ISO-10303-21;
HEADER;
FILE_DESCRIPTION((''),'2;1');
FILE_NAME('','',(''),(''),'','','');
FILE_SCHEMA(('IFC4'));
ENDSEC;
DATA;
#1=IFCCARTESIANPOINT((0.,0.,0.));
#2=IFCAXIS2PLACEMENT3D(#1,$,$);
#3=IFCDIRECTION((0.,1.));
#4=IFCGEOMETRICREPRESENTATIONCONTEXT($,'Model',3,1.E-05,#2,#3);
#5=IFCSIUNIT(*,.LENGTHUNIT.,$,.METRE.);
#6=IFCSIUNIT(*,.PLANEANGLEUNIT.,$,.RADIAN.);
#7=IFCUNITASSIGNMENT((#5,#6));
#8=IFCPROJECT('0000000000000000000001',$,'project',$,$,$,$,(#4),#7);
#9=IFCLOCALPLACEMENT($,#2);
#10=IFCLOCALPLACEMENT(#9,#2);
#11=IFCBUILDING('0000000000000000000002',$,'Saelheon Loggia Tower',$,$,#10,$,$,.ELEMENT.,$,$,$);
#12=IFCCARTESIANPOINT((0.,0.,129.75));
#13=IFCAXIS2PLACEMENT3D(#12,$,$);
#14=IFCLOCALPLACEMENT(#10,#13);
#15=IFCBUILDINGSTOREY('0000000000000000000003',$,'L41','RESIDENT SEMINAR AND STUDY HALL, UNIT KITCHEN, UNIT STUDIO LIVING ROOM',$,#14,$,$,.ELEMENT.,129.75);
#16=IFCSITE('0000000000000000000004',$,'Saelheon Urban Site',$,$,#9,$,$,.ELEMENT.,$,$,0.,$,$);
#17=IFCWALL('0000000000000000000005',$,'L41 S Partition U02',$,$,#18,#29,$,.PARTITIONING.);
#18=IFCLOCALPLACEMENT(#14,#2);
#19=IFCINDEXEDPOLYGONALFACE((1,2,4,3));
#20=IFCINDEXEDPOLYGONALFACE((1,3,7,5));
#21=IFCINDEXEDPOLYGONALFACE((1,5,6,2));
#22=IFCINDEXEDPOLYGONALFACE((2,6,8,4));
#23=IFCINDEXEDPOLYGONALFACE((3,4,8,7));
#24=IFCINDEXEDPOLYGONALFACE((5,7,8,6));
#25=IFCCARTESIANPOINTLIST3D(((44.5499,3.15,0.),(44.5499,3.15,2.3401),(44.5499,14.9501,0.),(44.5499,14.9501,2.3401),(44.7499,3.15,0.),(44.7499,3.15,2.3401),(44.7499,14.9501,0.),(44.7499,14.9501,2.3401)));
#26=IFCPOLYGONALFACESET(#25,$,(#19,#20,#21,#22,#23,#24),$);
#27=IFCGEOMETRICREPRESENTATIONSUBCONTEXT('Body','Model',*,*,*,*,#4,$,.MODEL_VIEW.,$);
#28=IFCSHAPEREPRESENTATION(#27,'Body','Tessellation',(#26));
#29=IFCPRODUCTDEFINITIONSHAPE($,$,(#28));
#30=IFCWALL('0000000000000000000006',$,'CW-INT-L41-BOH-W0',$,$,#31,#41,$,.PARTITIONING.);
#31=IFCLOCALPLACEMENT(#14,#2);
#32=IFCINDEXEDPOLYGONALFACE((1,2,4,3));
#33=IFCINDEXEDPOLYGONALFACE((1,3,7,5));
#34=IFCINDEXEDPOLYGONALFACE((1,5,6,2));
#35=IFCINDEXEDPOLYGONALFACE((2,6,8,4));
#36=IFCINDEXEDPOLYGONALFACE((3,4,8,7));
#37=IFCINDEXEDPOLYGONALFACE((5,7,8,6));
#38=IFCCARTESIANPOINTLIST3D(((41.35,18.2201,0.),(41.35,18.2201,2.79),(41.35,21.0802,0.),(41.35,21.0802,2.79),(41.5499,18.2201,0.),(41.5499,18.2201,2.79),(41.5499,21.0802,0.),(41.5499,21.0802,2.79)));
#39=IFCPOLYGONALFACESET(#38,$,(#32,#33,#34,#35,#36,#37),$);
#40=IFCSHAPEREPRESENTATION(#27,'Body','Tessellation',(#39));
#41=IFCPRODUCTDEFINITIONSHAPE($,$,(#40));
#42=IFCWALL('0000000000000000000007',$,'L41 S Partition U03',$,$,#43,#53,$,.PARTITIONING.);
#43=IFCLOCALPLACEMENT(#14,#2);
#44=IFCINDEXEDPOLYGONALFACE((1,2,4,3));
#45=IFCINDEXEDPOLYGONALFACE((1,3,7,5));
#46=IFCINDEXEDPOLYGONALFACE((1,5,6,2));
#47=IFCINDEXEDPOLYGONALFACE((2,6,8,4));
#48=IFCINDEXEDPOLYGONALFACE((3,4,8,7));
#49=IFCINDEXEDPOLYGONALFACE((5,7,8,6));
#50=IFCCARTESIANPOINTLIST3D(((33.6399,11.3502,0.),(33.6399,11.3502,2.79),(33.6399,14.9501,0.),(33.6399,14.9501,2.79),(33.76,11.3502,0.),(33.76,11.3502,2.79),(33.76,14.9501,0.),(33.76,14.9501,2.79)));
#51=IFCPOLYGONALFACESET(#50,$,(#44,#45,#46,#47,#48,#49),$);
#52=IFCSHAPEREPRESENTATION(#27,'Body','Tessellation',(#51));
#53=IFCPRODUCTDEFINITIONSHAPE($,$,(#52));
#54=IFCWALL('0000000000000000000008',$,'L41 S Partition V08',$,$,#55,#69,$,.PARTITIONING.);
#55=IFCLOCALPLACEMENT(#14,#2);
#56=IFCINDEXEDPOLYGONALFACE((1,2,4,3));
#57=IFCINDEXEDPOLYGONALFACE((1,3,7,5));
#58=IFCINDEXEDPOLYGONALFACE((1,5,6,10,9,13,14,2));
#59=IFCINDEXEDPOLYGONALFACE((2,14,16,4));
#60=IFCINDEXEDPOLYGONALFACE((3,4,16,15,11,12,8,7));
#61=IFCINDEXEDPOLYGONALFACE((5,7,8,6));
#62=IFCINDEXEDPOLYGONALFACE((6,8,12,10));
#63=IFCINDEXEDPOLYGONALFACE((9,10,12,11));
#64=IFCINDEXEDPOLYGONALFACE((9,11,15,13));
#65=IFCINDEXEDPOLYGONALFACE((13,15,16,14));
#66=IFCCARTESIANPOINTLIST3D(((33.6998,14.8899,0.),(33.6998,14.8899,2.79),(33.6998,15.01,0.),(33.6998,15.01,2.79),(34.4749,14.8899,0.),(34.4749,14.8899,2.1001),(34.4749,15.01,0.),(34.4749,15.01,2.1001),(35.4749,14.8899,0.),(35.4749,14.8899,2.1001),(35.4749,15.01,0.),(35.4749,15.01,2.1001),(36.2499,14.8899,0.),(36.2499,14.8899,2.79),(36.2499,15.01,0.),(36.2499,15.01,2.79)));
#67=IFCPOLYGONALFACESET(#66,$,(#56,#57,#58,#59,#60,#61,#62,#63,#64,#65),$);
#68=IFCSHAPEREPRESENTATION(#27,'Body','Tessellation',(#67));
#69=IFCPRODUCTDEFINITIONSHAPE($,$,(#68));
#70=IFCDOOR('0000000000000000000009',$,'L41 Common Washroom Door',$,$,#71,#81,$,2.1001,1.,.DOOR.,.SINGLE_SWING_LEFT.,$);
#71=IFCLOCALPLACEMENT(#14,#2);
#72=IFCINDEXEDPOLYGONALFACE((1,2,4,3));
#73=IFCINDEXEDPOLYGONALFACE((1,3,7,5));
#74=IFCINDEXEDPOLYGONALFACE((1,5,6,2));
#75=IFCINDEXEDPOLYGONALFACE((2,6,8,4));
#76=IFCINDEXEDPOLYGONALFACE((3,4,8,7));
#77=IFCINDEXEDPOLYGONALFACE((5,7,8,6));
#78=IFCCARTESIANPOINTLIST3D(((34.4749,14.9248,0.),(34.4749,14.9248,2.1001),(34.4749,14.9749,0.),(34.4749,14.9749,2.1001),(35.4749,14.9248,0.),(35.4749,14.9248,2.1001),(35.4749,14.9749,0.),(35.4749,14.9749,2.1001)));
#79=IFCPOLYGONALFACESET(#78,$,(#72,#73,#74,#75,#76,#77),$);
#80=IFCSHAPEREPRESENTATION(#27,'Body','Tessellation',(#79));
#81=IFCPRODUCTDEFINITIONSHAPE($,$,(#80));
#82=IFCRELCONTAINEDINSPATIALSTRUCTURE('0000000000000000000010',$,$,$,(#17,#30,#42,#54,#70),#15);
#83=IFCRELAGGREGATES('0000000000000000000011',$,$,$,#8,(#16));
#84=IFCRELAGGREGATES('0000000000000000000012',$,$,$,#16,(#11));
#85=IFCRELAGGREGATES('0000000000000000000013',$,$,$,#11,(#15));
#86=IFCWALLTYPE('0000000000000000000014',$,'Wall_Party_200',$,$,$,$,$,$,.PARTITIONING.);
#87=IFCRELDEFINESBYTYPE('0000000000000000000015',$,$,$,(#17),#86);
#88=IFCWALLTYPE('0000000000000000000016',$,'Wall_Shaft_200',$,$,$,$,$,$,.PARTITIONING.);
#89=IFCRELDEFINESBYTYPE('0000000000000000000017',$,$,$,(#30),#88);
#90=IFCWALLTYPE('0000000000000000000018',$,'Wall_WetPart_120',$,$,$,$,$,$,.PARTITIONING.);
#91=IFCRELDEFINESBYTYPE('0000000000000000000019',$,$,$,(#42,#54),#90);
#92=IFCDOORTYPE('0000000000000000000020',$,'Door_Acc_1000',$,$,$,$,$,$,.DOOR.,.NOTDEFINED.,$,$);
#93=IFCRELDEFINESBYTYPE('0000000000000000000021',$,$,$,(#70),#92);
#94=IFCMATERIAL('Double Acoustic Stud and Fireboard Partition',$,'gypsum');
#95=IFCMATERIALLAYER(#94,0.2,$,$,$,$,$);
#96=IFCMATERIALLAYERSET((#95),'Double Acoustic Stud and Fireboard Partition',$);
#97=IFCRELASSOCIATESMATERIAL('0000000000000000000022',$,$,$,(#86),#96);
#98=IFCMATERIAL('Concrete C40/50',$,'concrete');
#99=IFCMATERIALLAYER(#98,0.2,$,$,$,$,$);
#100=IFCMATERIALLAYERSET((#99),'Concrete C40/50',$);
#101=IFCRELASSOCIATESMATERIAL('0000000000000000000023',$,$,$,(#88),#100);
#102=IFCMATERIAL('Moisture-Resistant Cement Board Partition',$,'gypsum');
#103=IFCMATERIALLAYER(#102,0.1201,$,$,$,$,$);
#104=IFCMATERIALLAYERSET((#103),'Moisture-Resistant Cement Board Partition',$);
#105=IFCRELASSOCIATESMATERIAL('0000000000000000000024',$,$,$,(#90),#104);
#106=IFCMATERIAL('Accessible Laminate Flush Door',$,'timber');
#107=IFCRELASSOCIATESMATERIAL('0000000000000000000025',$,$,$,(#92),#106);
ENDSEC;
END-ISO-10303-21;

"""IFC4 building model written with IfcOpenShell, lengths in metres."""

from ifc_helpers import new_model, si_unit, direction, frame, frame_2d, origin, place, context, subcontext, project, spatial, rectangle, extrude, source, transform, mapped, material, layer, layer_set, type_object, element, fill, save


model = new_model("IFC4")

# Units and contexts
model_context = context("Model", 3, precision=1e-05, world=origin(), true_north=direction((0.0, 1.0)))
body_context = subcontext(model_context, "Body", "Model", "MODEL_VIEW")
ifc_project = project(units=[si_unit("LENGTHUNIT", "METRE"), si_unit("PLANEANGLEUNIT", "RADIAN")], contexts=[model_context])

# Site, building, storey
site_placement = place(None, origin())
site = spatial("IfcSite", under=ifc_project, at=site_placement, Name="Saelheon Urban Site", CompositionType="ELEMENT", RefElevation=0.0)
building_placement = place(site_placement, origin())
building = spatial("IfcBuilding", under=site, at=building_placement, Name="Saelheon Loggia Tower", CompositionType="ELEMENT")
storey_placement = place(building_placement, frame((0.0, 0.0, 129.75)))
storey = spatial("IfcBuildingStorey", under=building, at=storey_placement, Name="L41", Description="RESIDENT SEMINAR AND STUDY HALL, UNIT KITCHEN, UNIT STUDIO LIVING ROOM", CompositionType="ELEMENT", Elevation=129.75)

# Shared definitions
ifc_material_1 = material(Name="Concrete C40/50", Category="concrete")

# Walls
ifc_material_2 = material(Name="Double Acoustic Stud and Fireboard Partition", Category="gypsum")
ifc_layer_1 = layer(ifc_material_2, 0.2)
ifc_layer_set_1 = layer_set([ifc_layer_1], Name="Double Acoustic Stud and Fireboard Partition")
wall_type_1 = type_object("IfcWallType", Name="Wall_Party_200", PredefinedType="PARTITIONING", material=ifc_layer_set_1)
wall_1_placement = place(storey_placement, frame((44.6499, 14.95, 0.0), z_axis=(0.0, 0.0, 1.0), x_axis=(0.0, -1.0, 0.0)))
element("IfcWall", 1, at=wall_1_placement, inside=storey, type_object=wall_type_1, Name="L41 S Partition U02", PredefinedType="PARTITIONING", context=body_context, shape_type="SweptSolid", body=[
    extrude(rectangle(XDim=11.8, YDim=0.2, at=frame_2d((5.8999, 0.0))), origin(), (0.0, 0.0, 1.0), 2.3401),
])
ifc_layer_2 = layer(ifc_material_1, 0.2)
ifc_layer_set_2 = layer_set([ifc_layer_2], Name="Concrete C40/50")
wall_type_2 = type_object("IfcWallType", Name="Wall_Shaft_200", PredefinedType="PARTITIONING", material=ifc_layer_set_2)
wall_2_placement = place(storey_placement, frame((41.45, 18.22, 0.0), z_axis=(0.0, 0.0, 1.0), x_axis=(0.0, 1.0, 0.0)))
element("IfcWall", 2, at=wall_2_placement, inside=storey, type_object=wall_type_2, Name="CW-INT-L41-BOH-W0", PredefinedType="PARTITIONING", context=body_context, shape_type="SweptSolid", body=[
    extrude(rectangle(XDim=2.8601, YDim=0.2, at=frame_2d((1.4302, 0.0))), origin(), (0.0, 0.0, 1.0), 2.79),
])

# Wall
ifc_material_3 = material(Name="Moisture-Resistant Cement Board Partition", Category="gypsum")
ifc_layer_3 = layer(ifc_material_3, 0.1201)
ifc_layer_set_3 = layer_set([ifc_layer_3], Name="Moisture-Resistant Cement Board Partition")
wall_type_3 = type_object("IfcWallType", Name="Wall_WetPart_120", PredefinedType="PARTITIONING", material=ifc_layer_set_3)
wall_3_placement = place(storey_placement, frame((33.7, 14.95, 0.0), z_axis=(0.0, 0.0, 1.0), x_axis=(0.0, -1.0, 0.0)))
element("IfcWall", 3, at=wall_3_placement, inside=storey, type_object=wall_type_3, Name="L41 S Partition U03", PredefinedType="PARTITIONING", context=body_context, shape_type="SweptSolid", body=[
    extrude(rectangle(XDim=3.5999, YDim=0.1201, at=frame_2d((1.7998, 0.0))), origin(), (0.0, 0.0, 1.0), 2.79),
])

# Wall, opening, door
wall_4_placement = place(storey_placement, frame((33.7, 14.95, 0.0), z_axis=(0.0, 0.0, 1.0), x_axis=(1.0, 0.0, 0.0)))
wall_4 = element("IfcWall", 4, at=wall_4_placement, inside=storey, type_object=wall_type_3, Name="L41 S Partition V08", PredefinedType="PARTITIONING", context=body_context, shape_type="SweptSolid", body=[
    extrude(rectangle(XDim=2.55, YDim=0.1201, at=frame_2d((1.2749, 0.0))), origin(), (0.0, 0.0, 1.0), 2.79),
])
opening_1_placement = place(wall_4_placement, frame((0.7749, 0.0, 0.0)))
opening_1 = element("IfcOpeningElement", 5, at=opening_1_placement, cuts=wall_4, PredefinedType="OPENING", context=body_context, shape_type="SweptSolid", body=[
    extrude(rectangle(XDim=1.0, YDim=2.1001, at=frame_2d((0.5, 1.05))), frame((0.0, 0.072, 0.0), z_axis=(0.0, -1.0, 0.0), x_axis=(1.0, 0.0, 0.0)), (0.0, 0.0, 1.0), 0.144),
])
ifc_material_4 = material(Name="Accessible Laminate Flush Door", Category="timber")
door_type_1 = type_object("IfcDoorType", Name="Door_Acc_1000", OperationType="NOTDEFINED", PredefinedType="DOOR", material=ifc_material_4)
shared_shape_1 = source(origin(), body_context, "Body", "SweptSolid", [
    extrude(rectangle(XDim=1.0, YDim=2.1001, at=frame_2d((0.5, 1.05))), frame((0.0, 0.0249, 0.0), z_axis=(0.0, -1.0, 0.0), x_axis=(1.0, 0.0, 0.0)), (0.0, 0.0, 1.0), 0.05),
])
door_1_placement = place(opening_1_placement, origin())
door_1 = element("IfcDoor", 6, at=door_1_placement, inside=storey, type_object=door_type_1, Name="L41 Common Washroom Door", OperationType="SINGLE_SWING_LEFT", OverallHeight=2.1001, OverallWidth=1.0, PredefinedType="DOOR", context=body_context, shape_type="MappedRepresentation", body=[
    mapped(shared_shape_1, transform((0.0, 0.0, 0.0), scale=1.0)),
])
fill(opening_1, door_1)

save(model, "model.ifc")
